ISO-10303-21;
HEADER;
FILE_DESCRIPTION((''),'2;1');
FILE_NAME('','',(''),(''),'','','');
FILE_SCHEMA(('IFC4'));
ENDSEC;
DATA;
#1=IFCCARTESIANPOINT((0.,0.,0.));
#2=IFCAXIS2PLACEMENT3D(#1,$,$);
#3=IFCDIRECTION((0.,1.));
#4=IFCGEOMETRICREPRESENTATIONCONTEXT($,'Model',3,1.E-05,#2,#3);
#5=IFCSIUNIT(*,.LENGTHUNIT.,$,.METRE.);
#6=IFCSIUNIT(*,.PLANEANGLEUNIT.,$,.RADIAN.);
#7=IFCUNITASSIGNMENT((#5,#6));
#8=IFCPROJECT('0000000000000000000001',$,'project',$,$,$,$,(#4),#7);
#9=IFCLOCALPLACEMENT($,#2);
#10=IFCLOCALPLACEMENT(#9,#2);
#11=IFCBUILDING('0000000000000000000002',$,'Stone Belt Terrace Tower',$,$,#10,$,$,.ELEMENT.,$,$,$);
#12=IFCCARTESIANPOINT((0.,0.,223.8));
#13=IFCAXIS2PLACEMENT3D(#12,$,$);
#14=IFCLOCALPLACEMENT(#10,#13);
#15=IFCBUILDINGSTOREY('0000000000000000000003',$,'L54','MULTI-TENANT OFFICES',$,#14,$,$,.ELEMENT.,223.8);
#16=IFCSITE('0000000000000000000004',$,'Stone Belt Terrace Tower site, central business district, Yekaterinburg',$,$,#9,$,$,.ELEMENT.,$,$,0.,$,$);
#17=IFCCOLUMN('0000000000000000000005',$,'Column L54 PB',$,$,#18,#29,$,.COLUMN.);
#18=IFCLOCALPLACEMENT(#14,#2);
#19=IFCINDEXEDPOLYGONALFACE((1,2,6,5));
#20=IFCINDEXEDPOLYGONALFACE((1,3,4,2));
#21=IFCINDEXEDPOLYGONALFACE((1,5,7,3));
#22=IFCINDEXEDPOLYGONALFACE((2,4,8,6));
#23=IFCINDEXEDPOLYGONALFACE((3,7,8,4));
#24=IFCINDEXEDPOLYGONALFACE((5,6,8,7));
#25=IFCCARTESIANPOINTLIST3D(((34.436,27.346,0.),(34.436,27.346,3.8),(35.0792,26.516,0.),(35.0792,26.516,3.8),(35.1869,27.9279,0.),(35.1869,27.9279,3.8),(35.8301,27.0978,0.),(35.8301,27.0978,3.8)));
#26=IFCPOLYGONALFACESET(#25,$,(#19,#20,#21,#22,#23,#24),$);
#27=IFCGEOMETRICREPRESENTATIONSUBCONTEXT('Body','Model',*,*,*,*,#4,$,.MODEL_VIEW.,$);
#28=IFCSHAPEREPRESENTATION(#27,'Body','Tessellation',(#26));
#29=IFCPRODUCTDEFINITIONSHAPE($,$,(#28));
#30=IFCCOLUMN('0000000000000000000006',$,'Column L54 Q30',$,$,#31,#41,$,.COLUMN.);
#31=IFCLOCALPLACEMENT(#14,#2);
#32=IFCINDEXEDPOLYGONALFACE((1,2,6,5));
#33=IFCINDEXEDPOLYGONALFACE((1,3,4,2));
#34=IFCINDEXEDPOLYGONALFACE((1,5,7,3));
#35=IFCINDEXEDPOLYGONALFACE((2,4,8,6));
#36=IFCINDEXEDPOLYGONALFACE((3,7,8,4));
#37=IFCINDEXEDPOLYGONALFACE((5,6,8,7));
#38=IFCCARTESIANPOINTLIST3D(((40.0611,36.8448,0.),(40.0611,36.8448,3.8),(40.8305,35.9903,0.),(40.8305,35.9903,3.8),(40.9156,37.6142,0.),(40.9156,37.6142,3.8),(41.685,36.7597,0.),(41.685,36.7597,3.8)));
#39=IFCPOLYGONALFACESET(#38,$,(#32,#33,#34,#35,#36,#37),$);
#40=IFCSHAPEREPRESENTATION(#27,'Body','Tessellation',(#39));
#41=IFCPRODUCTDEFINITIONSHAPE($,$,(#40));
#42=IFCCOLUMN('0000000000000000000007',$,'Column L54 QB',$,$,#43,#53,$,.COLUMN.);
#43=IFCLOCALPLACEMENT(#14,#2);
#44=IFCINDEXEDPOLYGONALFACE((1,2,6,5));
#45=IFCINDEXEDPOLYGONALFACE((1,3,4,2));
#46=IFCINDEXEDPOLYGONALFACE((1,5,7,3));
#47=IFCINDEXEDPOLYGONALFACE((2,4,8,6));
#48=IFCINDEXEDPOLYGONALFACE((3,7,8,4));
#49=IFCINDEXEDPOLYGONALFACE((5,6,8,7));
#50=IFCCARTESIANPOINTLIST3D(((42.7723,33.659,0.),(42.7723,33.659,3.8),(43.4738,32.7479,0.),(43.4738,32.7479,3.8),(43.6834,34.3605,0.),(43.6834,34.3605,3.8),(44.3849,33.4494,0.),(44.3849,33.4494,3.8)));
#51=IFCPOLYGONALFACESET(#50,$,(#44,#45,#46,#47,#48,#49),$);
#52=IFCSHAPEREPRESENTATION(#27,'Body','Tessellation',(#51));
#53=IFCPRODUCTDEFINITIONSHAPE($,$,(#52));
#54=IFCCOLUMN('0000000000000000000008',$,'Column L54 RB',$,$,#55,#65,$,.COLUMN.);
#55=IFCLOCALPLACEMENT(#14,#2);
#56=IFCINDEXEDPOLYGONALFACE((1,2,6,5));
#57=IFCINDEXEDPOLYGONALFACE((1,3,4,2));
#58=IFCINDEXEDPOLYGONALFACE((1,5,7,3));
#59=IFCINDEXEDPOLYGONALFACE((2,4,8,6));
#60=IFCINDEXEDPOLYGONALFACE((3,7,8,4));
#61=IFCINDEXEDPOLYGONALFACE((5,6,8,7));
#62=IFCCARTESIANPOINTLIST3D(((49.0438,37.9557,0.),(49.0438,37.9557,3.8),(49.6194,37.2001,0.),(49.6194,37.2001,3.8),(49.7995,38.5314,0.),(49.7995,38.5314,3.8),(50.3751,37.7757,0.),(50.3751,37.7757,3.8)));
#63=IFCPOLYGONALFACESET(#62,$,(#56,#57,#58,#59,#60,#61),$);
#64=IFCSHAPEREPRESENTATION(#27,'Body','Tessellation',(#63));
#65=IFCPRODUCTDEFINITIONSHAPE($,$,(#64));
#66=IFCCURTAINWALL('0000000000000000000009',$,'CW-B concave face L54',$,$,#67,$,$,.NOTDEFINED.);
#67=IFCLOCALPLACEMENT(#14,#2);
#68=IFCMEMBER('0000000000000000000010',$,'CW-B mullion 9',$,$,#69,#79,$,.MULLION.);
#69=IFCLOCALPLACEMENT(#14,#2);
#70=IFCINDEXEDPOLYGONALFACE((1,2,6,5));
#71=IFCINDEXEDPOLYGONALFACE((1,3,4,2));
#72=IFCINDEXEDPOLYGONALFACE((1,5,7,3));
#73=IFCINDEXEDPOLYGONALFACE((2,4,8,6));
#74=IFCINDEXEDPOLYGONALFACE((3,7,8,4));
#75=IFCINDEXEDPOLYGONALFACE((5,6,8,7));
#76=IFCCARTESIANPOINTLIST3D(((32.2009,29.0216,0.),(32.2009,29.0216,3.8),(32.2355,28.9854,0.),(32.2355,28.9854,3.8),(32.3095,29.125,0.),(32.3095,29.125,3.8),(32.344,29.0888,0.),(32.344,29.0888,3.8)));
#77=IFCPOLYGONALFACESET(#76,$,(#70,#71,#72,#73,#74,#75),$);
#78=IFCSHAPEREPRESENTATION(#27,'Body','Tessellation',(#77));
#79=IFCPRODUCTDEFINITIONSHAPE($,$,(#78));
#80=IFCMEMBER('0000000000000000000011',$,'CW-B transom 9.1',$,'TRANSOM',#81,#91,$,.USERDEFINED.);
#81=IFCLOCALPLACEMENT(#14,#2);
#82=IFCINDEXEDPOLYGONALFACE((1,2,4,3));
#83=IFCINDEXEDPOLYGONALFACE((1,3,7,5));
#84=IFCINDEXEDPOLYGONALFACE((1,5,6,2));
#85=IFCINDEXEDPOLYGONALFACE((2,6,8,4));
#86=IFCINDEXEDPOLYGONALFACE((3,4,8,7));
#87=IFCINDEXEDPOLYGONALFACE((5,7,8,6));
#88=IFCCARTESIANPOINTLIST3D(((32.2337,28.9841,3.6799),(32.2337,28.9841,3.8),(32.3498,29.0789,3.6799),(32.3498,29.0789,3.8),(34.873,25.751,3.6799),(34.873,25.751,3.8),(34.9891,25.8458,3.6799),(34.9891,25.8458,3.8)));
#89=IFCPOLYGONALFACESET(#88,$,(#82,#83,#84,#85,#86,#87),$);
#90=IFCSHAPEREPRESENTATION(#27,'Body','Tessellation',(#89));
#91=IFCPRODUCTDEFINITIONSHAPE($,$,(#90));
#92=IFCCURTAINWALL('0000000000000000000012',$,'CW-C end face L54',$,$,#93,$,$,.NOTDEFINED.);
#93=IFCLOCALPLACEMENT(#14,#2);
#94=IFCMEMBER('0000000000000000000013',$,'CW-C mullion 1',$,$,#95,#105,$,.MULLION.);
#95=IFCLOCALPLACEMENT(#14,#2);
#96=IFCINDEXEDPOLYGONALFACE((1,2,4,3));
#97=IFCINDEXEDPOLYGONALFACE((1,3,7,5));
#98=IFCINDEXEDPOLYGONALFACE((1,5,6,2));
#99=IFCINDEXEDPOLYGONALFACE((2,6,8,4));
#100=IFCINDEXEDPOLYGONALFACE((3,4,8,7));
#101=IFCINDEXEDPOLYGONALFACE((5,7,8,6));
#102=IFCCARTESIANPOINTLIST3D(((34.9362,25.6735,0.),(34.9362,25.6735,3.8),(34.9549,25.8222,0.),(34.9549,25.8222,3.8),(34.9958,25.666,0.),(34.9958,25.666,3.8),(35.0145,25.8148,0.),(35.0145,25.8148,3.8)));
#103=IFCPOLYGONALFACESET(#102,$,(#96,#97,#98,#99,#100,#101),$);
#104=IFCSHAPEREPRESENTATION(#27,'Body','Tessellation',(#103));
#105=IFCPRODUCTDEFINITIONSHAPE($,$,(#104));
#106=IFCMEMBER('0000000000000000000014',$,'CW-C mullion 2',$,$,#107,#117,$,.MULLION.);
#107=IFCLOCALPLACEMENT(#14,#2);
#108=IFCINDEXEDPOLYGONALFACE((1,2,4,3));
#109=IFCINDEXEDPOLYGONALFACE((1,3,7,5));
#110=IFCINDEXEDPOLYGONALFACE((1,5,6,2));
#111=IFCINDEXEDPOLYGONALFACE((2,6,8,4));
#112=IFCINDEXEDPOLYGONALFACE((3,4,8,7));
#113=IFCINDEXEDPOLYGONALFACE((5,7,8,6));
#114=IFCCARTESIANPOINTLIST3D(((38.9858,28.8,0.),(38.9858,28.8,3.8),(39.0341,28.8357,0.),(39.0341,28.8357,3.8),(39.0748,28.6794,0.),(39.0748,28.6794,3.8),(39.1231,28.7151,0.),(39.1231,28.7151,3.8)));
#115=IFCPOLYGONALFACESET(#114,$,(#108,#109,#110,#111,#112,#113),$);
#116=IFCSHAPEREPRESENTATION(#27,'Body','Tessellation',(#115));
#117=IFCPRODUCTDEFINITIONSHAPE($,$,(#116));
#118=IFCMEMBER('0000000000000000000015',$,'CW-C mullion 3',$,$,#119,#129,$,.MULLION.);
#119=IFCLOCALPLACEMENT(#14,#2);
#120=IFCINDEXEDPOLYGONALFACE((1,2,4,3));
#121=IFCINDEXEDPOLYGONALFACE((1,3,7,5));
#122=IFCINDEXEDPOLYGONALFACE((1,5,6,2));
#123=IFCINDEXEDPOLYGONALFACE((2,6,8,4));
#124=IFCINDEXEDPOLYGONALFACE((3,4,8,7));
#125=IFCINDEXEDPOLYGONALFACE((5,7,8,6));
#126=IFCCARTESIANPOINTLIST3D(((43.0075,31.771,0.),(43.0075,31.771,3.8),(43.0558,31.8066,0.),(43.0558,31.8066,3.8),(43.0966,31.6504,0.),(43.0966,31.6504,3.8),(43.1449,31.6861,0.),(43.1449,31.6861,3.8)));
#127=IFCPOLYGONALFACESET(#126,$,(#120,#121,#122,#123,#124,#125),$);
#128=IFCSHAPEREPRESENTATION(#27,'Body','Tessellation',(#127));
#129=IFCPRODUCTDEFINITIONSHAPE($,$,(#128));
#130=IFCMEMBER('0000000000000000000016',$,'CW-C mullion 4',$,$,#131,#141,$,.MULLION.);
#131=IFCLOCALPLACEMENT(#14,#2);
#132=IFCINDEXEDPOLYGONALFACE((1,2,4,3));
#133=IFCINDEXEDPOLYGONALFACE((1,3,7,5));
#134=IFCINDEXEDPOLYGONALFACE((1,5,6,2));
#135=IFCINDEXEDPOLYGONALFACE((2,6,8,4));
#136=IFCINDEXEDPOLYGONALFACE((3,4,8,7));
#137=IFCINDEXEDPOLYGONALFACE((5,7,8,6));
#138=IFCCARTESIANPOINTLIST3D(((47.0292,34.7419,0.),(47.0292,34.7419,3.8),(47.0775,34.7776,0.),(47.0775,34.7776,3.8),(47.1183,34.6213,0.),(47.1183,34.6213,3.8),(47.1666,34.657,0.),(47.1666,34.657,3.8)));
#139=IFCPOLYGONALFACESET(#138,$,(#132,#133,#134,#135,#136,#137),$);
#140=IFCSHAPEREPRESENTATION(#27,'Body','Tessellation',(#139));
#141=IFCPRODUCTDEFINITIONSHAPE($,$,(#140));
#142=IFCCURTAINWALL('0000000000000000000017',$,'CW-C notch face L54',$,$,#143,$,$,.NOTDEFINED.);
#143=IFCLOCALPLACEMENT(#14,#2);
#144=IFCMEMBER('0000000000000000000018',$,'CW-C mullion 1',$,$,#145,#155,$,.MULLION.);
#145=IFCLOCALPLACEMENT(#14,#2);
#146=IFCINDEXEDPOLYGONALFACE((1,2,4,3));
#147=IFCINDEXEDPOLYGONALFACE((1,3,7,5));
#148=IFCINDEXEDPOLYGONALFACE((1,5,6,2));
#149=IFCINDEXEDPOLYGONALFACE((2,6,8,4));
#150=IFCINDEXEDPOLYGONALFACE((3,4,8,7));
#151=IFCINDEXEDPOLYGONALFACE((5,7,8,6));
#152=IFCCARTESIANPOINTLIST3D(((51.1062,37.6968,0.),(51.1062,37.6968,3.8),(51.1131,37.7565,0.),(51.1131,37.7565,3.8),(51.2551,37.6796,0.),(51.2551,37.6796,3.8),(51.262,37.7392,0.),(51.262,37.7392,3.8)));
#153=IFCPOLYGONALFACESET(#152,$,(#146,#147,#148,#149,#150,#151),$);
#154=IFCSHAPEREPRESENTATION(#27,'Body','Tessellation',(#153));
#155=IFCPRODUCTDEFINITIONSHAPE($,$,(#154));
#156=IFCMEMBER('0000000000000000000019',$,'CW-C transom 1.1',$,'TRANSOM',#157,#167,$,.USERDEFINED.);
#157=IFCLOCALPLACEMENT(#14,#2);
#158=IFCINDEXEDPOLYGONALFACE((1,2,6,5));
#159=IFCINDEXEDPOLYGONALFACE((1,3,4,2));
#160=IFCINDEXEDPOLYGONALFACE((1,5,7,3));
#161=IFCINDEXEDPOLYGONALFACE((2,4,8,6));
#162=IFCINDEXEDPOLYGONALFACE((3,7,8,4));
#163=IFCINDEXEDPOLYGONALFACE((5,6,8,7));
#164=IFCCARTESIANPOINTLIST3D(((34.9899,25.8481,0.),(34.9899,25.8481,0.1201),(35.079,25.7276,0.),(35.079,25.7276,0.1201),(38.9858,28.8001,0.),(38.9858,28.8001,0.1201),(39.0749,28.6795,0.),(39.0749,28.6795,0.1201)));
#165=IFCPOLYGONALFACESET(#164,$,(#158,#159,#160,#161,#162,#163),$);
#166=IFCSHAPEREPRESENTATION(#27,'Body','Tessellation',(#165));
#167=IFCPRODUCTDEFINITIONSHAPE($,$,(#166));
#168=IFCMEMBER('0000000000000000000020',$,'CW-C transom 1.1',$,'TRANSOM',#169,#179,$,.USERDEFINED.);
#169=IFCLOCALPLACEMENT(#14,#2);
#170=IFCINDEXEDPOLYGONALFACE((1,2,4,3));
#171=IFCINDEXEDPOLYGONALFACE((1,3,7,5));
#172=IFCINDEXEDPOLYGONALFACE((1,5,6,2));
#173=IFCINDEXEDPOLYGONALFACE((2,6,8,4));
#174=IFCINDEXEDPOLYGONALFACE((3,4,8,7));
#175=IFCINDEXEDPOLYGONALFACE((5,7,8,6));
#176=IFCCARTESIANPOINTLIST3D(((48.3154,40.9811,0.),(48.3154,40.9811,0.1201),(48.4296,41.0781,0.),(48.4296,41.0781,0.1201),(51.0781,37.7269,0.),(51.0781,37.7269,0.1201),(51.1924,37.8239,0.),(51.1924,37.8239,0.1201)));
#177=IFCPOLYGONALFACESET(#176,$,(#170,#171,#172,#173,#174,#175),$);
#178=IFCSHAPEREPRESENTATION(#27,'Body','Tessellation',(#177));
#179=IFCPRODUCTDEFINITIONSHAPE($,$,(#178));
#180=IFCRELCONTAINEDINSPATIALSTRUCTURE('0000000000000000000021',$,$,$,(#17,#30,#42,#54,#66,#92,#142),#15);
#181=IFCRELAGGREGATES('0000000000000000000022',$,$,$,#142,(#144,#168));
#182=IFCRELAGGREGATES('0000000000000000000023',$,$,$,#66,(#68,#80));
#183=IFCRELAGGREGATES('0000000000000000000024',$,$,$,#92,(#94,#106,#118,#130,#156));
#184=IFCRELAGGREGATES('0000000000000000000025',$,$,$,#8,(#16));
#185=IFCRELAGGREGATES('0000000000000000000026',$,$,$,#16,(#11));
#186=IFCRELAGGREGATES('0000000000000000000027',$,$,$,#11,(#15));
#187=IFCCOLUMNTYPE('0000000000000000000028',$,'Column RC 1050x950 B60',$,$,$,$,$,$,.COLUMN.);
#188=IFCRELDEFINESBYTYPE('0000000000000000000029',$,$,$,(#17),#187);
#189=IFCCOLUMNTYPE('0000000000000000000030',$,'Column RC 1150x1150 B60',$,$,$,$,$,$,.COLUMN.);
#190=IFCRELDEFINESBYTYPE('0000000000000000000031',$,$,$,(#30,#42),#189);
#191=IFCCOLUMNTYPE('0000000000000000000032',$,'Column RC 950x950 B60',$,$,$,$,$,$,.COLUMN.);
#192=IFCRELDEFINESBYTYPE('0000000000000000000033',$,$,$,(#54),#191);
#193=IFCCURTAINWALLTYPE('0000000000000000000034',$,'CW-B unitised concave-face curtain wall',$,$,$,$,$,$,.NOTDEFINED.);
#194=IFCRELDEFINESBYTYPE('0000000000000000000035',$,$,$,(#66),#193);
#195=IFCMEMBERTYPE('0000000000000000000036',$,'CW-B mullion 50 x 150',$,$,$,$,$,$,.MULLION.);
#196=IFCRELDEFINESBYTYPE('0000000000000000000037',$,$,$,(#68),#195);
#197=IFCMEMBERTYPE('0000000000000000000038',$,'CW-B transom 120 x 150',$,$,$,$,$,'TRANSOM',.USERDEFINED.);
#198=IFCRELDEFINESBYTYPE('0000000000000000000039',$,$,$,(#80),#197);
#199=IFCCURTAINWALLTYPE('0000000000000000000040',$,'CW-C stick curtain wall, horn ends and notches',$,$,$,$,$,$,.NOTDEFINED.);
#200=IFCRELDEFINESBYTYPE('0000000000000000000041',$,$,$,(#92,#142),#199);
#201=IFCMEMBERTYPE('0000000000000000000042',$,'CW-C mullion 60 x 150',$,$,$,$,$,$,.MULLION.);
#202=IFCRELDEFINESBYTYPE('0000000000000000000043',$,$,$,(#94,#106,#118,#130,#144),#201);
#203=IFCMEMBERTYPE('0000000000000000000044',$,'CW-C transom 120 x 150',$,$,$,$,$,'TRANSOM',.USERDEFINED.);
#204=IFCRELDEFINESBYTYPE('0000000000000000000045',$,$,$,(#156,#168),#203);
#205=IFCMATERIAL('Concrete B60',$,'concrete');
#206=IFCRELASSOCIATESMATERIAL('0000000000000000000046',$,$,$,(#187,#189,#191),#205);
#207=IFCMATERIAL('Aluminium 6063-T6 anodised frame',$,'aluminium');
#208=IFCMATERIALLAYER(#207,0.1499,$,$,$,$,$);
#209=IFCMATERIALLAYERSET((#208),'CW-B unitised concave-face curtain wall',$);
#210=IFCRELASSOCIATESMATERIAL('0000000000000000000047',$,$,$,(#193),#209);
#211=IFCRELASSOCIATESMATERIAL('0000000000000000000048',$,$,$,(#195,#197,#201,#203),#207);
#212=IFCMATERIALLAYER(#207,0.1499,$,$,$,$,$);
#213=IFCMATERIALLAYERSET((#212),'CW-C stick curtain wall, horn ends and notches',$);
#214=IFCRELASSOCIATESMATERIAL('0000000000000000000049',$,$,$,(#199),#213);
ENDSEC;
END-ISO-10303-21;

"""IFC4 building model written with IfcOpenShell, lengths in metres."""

from ifc_helpers import new_model, si_unit, direction, frame, origin, origin_2d, place, context, subcontext, project, spatial, rectangle, extrude, material, layer, layer_set, material_profile, profile_set, type_object, element, aggregate, save


model = new_model("IFC4")

# Units and contexts
model_context = context("Model", 3, precision=1e-05, world=origin(), true_north=direction((0.0, 1.0)))
body_context = subcontext(model_context, "Body", "Model", "MODEL_VIEW")
ifc_project = project(units=[si_unit("LENGTHUNIT", "METRE"), si_unit("PLANEANGLEUNIT", "RADIAN")], contexts=[model_context])

# Site, building, storey
site_placement = place(None, origin())
site = spatial("IfcSite", under=ifc_project, at=site_placement, Name="Stone Belt Terrace Tower site, central business district, Yekaterinburg", CompositionType="ELEMENT", RefElevation=0.0)
building_placement = place(site_placement, origin())
building = spatial("IfcBuilding", under=site, at=building_placement, Name="Stone Belt Terrace Tower", CompositionType="ELEMENT")
storey_placement = place(building_placement, frame((0.0, 0.0, 223.8)))
storey = spatial("IfcBuildingStorey", under=building, at=storey_placement, Name="L54", Description="MULTI-TENANT OFFICES", CompositionType="ELEMENT", Elevation=223.8)

# Columns
ifc_material_1 = material(Name="Concrete B60", Category="concrete")
ifc_material_profile_1 = material_profile(ifc_material_1, rectangle(XDim=1.05, YDim=0.95, at=origin_2d()), Name="RC 1050x950")
ifc_profile_set_1 = profile_set([ifc_material_profile_1], Name="Concrete B60")
column_type_1 = type_object("IfcColumnType", Name="Column RC 1050x950 B60", PredefinedType="COLUMN", material=ifc_profile_set_1)
column_1_placement = place(storey_placement, frame((35.1331, 27.2219, 0.0), z_axis=(0.0, 0.0, 1.0), x_axis=(0.612485, -0.790482, 0.0)))
element("IfcColumn", 1, at=column_1_placement, inside=storey, type_object=column_type_1, Name="Column L54 PB", PredefinedType="COLUMN", context=body_context, shape_type="SweptSolid", body=[
    extrude(rectangle(XDim=1.05, YDim=0.95, at=origin_2d()), origin(), (0.0, 0.0, 1.0), 3.8),
])
ifc_material_profile_2 = material_profile(ifc_material_1, rectangle(XDim=1.1499, YDim=1.1499, at=origin_2d()), Name="RC 1150x1150")
ifc_profile_set_2 = profile_set([ifc_material_profile_2], Name="Concrete B60")
column_type_2 = type_object("IfcColumnType", Name="Column RC 1150x1150 B60", PredefinedType="COLUMN", material=ifc_profile_set_2)
for number, where, z_axis, x_axis, name in (
    (2, (40.873, 36.8022, 0.0), (0.0, 0.0, 1.0), (0.669131, -0.743145, 0.0), "Column L54 Q30"),
    (3, (43.5786, 33.5542, 0.0), (0.0, 0.0, 1.0), (0.610079, -0.792341, 0.0), "Column L54 QB"),
):
    element("IfcColumn", number, at=place(storey_placement, frame(where, z_axis=z_axis, x_axis=x_axis)), inside=storey, type_object=column_type_2, Name=name, PredefinedType="COLUMN", context=body_context, shape_type="SweptSolid", body=[
        extrude(rectangle(XDim=1.1499, YDim=1.1499, at=origin_2d()), origin(), (0.0, 0.0, 1.0), 3.8),
    ])
ifc_material_profile_3 = material_profile(ifc_material_1, rectangle(XDim=0.95, YDim=0.95, at=origin_2d()), Name="RC 950x950")
ifc_profile_set_3 = profile_set([ifc_material_profile_3], Name="Concrete B60")
column_type_3 = type_object("IfcColumnType", Name="Column RC 950x950 B60", PredefinedType="COLUMN", material=ifc_profile_set_3)
column_2_placement = place(storey_placement, frame((49.7095, 37.8657, 0.0), z_axis=(0.0, 0.0, 1.0), x_axis=(0.605961, -0.795495, 0.0)))
element("IfcColumn", 4, at=column_2_placement, inside=storey, type_object=column_type_3, Name="Column L54 RB", PredefinedType="COLUMN", context=body_context, shape_type="SweptSolid", body=[
    extrude(rectangle(XDim=0.95, YDim=0.95, at=origin_2d()), origin(), (0.0, 0.0, 1.0), 3.8),
])

# Curtain walls, members
ifc_material_2 = material(Name="Aluminium 6063-T6 anodised frame", Category="aluminium")
ifc_layer_1 = layer(ifc_material_2, 0.1499)
ifc_layer_set_1 = layer_set([ifc_layer_1], Name="CW-B unitised concave-face curtain wall")
curtain_wall_type_1 = type_object("IfcCurtainWallType", Name="CW-B unitised concave-face curtain wall", PredefinedType="NOTDEFINED", material=ifc_layer_set_1)
curtain_wall_1_placement = place(storey_placement, origin())
curtain_wall_1 = element("IfcCurtainWall", 5, at=curtain_wall_1_placement, inside=storey, type_object=curtain_wall_type_1, Name="CW-B concave face L54", PredefinedType="NOTDEFINED")
ifc_material_profile_4 = material_profile(ifc_material_2, rectangle(XDim=0.1499, YDim=0.05, at=origin_2d()), Name="Aluminium 6063-T6 50x150")
ifc_profile_set_4 = profile_set([ifc_material_profile_4], Name="Aluminium 6063-T6 anodised frame")
member_type_1 = type_object("IfcMemberType", Name="CW-B mullion 50 x 150", PredefinedType="MULLION", material=ifc_profile_set_4)
member_1_placement = place(storey_placement, frame((32.2725, 29.0552, 0.0), z_axis=(0.0, 0.0, 1.0), x_axis=(0.724008, 0.689792, 0.0)))
member_1 = element("IfcMember", 6, at=member_1_placement, type_object=member_type_1, Name="CW-B mullion 9", PredefinedType="MULLION", context=body_context, shape_type="SweptSolid", body=[
    extrude(rectangle(XDim=0.1499, YDim=0.05, at=origin_2d()), origin(), (0.0, 0.0, 1.0), 3.8),
])
ifc_material_profile_5 = material_profile(ifc_material_2, rectangle(XDim=0.1499, YDim=0.1201, at=origin_2d()), Name="Aluminium 6063-T6 150x120")
ifc_profile_set_5 = profile_set([ifc_material_profile_5], Name="Aluminium 6063-T6 anodised frame")
member_type_2 = type_object("IfcMemberType", Name="CW-B transom 120 x 150", ElementType="TRANSOM", PredefinedType="USERDEFINED", material=ifc_profile_set_5)
member_2_placement = place(storey_placement, frame((32.2917, 29.0315, 3.74), z_axis=(0.63239, -0.77465, 0.0), x_axis=(0.77465, 0.63239, 0.0)))
member_2 = element("IfcMember", 7, at=member_2_placement, type_object=member_type_2, Name="CW-B transom 9.1", ObjectType="TRANSOM", PredefinedType="USERDEFINED", context=body_context, shape_type="SweptSolid", body=[
    extrude(rectangle(XDim=0.1499, YDim=0.1201, at=origin_2d()), origin(), (0.0, 0.0, 1.0), 4.1736),
])
ifc_layer_2 = layer(ifc_material_2, 0.1499)
ifc_layer_set_2 = layer_set([ifc_layer_2], Name="CW-C stick curtain wall, horn ends and notches")
curtain_wall_type_2 = type_object("IfcCurtainWallType", Name="CW-C stick curtain wall, horn ends and notches", PredefinedType="NOTDEFINED", material=ifc_layer_set_2)
curtain_wall_2_placement = place(storey_placement, origin())
curtain_wall_2 = element("IfcCurtainWall", 8, at=curtain_wall_2_placement, inside=storey, type_object=curtain_wall_type_2, Name="CW-C end face L54", PredefinedType="NOTDEFINED")
ifc_material_profile_6 = material_profile(ifc_material_2, rectangle(XDim=0.1499, YDim=0.0601, at=origin_2d()), Name="Aluminium 6063-T6 60x150")
ifc_profile_set_6 = profile_set([ifc_material_profile_6], Name="Aluminium 6063-T6 anodised frame")
member_type_3 = type_object("IfcMemberType", Name="CW-C mullion 60 x 150", PredefinedType="MULLION", material=ifc_profile_set_6)
member_3_placement = place(storey_placement, frame((34.9753, 25.7441, 0.0), z_axis=(0.0, 0.0, 1.0), x_axis=(0.124626, 0.992204, 0.0)))
member_3 = element("IfcMember", 9, at=member_3_placement, type_object=member_type_3, Name="CW-C mullion 1", PredefinedType="MULLION", context=body_context, shape_type="SweptSolid", body=[
    extrude(rectangle(XDim=0.1499, YDim=0.0601, at=origin_2d()), origin(), (0.0, 0.0, 1.0), 3.8),
])
member_4_placement = place(storey_placement, frame((39.0544, 28.7576, 0.0), z_axis=(0.0, 0.0, 1.0), x_axis=(-0.594184, 0.804329, 0.0)))
member_4 = element("IfcMember", 10, at=member_4_placement, type_object=member_type_3, Name="CW-C mullion 2", PredefinedType="MULLION", context=body_context, shape_type="SweptSolid", body=[
    extrude(rectangle(XDim=0.1499, YDim=0.0601, at=origin_2d()), origin(), (0.0, 0.0, 1.0), 3.8),
])
member_5_placement = place(storey_placement, frame((43.0762, 31.7285, 0.0), z_axis=(0.0, 0.0, 1.0), x_axis=(-0.594184, 0.804329, 0.0)))
member_5 = element("IfcMember", 11, at=member_5_placement, type_object=member_type_3, Name="CW-C mullion 3", PredefinedType="MULLION", context=body_context, shape_type="SweptSolid", body=[
    extrude(rectangle(XDim=0.1499, YDim=0.0601, at=origin_2d()), origin(), (0.0, 0.0, 1.0), 3.8),
])
member_6_placement = place(storey_placement, frame((47.0979, 34.6995, 0.0), z_axis=(0.0, 0.0, 1.0), x_axis=(-0.594184, 0.804329, 0.0)))
member_6 = element("IfcMember", 12, at=member_6_placement, type_object=member_type_3, Name="CW-C mullion 4", PredefinedType="MULLION", context=body_context, shape_type="SweptSolid", body=[
    extrude(rectangle(XDim=0.1499, YDim=0.0601, at=origin_2d()), origin(), (0.0, 0.0, 1.0), 3.8),
])

# Curtain wall, member
curtain_wall_3_placement = place(storey_placement, origin())
curtain_wall_3 = element("IfcCurtainWall", 13, at=curtain_wall_3_placement, inside=storey, type_object=curtain_wall_type_2, Name="CW-C notch face L54", PredefinedType="NOTDEFINED")
member_7_placement = place(storey_placement, frame((51.1841, 37.718, 0.0), z_axis=(0.0, 0.0, 1.0), x_axis=(-0.993359, 0.115057, 0.0)))
member_7 = element("IfcMember", 14, at=member_7_placement, type_object=member_type_3, Name="CW-C mullion 1", PredefinedType="MULLION", context=body_context, shape_type="SweptSolid", body=[
    extrude(rectangle(XDim=0.1499, YDim=0.0601, at=origin_2d()), origin(), (0.0, 0.0, 1.0), 3.8),
])

# Members
ifc_material_profile_7 = material_profile(ifc_material_2, rectangle(XDim=0.1499, YDim=0.1201, at=origin_2d()), Name="Aluminium 6063-T6 150x120")
ifc_profile_set_7 = profile_set([ifc_material_profile_7], Name="Aluminium 6063-T6 anodised frame")
member_type_4 = type_object("IfcMemberType", Name="CW-C transom 120 x 150", ElementType="TRANSOM", PredefinedType="USERDEFINED", material=ifc_profile_set_7)
member_8_placement = place(storey_placement, frame((35.0344, 25.7878, 0.0601), z_axis=(0.804325, 0.594189, 0.0), x_axis=(-0.594189, 0.804325, 0.0)))
member_8 = element("IfcMember", 15, at=member_8_placement, type_object=member_type_4, Name="CW-C transom 1.1", ObjectType="TRANSOM", PredefinedType="USERDEFINED", context=body_context, shape_type="SweptSolid", body=[
    extrude(rectangle(XDim=0.1499, YDim=0.1201, at=origin_2d()), origin(), (0.0, 0.0, 1.0), 4.968),
])
member_9_placement = place(storey_placement, frame((51.1353, 37.7754, 0.0601), z_axis=(-0.647195, 0.762324, 0.0), x_axis=(-0.762324, -0.647195, 0.0)))
member_9 = element("IfcMember", 16, at=member_9_placement, type_object=member_type_4, Name="CW-C transom 1.1", ObjectType="TRANSOM", PredefinedType="USERDEFINED", context=body_context, shape_type="SweptSolid", body=[
    extrude(rectangle(XDim=0.1499, YDim=0.1201, at=origin_2d()), origin(), (0.0, 0.0, 1.0), 4.2688),
])
aggregate(curtain_wall_3, [member_7, member_9])

aggregate(curtain_wall_1, [member_1, member_2])
aggregate(curtain_wall_2, [member_3, member_4, member_5, member_6, member_8])

save(model, "model.ifc")
